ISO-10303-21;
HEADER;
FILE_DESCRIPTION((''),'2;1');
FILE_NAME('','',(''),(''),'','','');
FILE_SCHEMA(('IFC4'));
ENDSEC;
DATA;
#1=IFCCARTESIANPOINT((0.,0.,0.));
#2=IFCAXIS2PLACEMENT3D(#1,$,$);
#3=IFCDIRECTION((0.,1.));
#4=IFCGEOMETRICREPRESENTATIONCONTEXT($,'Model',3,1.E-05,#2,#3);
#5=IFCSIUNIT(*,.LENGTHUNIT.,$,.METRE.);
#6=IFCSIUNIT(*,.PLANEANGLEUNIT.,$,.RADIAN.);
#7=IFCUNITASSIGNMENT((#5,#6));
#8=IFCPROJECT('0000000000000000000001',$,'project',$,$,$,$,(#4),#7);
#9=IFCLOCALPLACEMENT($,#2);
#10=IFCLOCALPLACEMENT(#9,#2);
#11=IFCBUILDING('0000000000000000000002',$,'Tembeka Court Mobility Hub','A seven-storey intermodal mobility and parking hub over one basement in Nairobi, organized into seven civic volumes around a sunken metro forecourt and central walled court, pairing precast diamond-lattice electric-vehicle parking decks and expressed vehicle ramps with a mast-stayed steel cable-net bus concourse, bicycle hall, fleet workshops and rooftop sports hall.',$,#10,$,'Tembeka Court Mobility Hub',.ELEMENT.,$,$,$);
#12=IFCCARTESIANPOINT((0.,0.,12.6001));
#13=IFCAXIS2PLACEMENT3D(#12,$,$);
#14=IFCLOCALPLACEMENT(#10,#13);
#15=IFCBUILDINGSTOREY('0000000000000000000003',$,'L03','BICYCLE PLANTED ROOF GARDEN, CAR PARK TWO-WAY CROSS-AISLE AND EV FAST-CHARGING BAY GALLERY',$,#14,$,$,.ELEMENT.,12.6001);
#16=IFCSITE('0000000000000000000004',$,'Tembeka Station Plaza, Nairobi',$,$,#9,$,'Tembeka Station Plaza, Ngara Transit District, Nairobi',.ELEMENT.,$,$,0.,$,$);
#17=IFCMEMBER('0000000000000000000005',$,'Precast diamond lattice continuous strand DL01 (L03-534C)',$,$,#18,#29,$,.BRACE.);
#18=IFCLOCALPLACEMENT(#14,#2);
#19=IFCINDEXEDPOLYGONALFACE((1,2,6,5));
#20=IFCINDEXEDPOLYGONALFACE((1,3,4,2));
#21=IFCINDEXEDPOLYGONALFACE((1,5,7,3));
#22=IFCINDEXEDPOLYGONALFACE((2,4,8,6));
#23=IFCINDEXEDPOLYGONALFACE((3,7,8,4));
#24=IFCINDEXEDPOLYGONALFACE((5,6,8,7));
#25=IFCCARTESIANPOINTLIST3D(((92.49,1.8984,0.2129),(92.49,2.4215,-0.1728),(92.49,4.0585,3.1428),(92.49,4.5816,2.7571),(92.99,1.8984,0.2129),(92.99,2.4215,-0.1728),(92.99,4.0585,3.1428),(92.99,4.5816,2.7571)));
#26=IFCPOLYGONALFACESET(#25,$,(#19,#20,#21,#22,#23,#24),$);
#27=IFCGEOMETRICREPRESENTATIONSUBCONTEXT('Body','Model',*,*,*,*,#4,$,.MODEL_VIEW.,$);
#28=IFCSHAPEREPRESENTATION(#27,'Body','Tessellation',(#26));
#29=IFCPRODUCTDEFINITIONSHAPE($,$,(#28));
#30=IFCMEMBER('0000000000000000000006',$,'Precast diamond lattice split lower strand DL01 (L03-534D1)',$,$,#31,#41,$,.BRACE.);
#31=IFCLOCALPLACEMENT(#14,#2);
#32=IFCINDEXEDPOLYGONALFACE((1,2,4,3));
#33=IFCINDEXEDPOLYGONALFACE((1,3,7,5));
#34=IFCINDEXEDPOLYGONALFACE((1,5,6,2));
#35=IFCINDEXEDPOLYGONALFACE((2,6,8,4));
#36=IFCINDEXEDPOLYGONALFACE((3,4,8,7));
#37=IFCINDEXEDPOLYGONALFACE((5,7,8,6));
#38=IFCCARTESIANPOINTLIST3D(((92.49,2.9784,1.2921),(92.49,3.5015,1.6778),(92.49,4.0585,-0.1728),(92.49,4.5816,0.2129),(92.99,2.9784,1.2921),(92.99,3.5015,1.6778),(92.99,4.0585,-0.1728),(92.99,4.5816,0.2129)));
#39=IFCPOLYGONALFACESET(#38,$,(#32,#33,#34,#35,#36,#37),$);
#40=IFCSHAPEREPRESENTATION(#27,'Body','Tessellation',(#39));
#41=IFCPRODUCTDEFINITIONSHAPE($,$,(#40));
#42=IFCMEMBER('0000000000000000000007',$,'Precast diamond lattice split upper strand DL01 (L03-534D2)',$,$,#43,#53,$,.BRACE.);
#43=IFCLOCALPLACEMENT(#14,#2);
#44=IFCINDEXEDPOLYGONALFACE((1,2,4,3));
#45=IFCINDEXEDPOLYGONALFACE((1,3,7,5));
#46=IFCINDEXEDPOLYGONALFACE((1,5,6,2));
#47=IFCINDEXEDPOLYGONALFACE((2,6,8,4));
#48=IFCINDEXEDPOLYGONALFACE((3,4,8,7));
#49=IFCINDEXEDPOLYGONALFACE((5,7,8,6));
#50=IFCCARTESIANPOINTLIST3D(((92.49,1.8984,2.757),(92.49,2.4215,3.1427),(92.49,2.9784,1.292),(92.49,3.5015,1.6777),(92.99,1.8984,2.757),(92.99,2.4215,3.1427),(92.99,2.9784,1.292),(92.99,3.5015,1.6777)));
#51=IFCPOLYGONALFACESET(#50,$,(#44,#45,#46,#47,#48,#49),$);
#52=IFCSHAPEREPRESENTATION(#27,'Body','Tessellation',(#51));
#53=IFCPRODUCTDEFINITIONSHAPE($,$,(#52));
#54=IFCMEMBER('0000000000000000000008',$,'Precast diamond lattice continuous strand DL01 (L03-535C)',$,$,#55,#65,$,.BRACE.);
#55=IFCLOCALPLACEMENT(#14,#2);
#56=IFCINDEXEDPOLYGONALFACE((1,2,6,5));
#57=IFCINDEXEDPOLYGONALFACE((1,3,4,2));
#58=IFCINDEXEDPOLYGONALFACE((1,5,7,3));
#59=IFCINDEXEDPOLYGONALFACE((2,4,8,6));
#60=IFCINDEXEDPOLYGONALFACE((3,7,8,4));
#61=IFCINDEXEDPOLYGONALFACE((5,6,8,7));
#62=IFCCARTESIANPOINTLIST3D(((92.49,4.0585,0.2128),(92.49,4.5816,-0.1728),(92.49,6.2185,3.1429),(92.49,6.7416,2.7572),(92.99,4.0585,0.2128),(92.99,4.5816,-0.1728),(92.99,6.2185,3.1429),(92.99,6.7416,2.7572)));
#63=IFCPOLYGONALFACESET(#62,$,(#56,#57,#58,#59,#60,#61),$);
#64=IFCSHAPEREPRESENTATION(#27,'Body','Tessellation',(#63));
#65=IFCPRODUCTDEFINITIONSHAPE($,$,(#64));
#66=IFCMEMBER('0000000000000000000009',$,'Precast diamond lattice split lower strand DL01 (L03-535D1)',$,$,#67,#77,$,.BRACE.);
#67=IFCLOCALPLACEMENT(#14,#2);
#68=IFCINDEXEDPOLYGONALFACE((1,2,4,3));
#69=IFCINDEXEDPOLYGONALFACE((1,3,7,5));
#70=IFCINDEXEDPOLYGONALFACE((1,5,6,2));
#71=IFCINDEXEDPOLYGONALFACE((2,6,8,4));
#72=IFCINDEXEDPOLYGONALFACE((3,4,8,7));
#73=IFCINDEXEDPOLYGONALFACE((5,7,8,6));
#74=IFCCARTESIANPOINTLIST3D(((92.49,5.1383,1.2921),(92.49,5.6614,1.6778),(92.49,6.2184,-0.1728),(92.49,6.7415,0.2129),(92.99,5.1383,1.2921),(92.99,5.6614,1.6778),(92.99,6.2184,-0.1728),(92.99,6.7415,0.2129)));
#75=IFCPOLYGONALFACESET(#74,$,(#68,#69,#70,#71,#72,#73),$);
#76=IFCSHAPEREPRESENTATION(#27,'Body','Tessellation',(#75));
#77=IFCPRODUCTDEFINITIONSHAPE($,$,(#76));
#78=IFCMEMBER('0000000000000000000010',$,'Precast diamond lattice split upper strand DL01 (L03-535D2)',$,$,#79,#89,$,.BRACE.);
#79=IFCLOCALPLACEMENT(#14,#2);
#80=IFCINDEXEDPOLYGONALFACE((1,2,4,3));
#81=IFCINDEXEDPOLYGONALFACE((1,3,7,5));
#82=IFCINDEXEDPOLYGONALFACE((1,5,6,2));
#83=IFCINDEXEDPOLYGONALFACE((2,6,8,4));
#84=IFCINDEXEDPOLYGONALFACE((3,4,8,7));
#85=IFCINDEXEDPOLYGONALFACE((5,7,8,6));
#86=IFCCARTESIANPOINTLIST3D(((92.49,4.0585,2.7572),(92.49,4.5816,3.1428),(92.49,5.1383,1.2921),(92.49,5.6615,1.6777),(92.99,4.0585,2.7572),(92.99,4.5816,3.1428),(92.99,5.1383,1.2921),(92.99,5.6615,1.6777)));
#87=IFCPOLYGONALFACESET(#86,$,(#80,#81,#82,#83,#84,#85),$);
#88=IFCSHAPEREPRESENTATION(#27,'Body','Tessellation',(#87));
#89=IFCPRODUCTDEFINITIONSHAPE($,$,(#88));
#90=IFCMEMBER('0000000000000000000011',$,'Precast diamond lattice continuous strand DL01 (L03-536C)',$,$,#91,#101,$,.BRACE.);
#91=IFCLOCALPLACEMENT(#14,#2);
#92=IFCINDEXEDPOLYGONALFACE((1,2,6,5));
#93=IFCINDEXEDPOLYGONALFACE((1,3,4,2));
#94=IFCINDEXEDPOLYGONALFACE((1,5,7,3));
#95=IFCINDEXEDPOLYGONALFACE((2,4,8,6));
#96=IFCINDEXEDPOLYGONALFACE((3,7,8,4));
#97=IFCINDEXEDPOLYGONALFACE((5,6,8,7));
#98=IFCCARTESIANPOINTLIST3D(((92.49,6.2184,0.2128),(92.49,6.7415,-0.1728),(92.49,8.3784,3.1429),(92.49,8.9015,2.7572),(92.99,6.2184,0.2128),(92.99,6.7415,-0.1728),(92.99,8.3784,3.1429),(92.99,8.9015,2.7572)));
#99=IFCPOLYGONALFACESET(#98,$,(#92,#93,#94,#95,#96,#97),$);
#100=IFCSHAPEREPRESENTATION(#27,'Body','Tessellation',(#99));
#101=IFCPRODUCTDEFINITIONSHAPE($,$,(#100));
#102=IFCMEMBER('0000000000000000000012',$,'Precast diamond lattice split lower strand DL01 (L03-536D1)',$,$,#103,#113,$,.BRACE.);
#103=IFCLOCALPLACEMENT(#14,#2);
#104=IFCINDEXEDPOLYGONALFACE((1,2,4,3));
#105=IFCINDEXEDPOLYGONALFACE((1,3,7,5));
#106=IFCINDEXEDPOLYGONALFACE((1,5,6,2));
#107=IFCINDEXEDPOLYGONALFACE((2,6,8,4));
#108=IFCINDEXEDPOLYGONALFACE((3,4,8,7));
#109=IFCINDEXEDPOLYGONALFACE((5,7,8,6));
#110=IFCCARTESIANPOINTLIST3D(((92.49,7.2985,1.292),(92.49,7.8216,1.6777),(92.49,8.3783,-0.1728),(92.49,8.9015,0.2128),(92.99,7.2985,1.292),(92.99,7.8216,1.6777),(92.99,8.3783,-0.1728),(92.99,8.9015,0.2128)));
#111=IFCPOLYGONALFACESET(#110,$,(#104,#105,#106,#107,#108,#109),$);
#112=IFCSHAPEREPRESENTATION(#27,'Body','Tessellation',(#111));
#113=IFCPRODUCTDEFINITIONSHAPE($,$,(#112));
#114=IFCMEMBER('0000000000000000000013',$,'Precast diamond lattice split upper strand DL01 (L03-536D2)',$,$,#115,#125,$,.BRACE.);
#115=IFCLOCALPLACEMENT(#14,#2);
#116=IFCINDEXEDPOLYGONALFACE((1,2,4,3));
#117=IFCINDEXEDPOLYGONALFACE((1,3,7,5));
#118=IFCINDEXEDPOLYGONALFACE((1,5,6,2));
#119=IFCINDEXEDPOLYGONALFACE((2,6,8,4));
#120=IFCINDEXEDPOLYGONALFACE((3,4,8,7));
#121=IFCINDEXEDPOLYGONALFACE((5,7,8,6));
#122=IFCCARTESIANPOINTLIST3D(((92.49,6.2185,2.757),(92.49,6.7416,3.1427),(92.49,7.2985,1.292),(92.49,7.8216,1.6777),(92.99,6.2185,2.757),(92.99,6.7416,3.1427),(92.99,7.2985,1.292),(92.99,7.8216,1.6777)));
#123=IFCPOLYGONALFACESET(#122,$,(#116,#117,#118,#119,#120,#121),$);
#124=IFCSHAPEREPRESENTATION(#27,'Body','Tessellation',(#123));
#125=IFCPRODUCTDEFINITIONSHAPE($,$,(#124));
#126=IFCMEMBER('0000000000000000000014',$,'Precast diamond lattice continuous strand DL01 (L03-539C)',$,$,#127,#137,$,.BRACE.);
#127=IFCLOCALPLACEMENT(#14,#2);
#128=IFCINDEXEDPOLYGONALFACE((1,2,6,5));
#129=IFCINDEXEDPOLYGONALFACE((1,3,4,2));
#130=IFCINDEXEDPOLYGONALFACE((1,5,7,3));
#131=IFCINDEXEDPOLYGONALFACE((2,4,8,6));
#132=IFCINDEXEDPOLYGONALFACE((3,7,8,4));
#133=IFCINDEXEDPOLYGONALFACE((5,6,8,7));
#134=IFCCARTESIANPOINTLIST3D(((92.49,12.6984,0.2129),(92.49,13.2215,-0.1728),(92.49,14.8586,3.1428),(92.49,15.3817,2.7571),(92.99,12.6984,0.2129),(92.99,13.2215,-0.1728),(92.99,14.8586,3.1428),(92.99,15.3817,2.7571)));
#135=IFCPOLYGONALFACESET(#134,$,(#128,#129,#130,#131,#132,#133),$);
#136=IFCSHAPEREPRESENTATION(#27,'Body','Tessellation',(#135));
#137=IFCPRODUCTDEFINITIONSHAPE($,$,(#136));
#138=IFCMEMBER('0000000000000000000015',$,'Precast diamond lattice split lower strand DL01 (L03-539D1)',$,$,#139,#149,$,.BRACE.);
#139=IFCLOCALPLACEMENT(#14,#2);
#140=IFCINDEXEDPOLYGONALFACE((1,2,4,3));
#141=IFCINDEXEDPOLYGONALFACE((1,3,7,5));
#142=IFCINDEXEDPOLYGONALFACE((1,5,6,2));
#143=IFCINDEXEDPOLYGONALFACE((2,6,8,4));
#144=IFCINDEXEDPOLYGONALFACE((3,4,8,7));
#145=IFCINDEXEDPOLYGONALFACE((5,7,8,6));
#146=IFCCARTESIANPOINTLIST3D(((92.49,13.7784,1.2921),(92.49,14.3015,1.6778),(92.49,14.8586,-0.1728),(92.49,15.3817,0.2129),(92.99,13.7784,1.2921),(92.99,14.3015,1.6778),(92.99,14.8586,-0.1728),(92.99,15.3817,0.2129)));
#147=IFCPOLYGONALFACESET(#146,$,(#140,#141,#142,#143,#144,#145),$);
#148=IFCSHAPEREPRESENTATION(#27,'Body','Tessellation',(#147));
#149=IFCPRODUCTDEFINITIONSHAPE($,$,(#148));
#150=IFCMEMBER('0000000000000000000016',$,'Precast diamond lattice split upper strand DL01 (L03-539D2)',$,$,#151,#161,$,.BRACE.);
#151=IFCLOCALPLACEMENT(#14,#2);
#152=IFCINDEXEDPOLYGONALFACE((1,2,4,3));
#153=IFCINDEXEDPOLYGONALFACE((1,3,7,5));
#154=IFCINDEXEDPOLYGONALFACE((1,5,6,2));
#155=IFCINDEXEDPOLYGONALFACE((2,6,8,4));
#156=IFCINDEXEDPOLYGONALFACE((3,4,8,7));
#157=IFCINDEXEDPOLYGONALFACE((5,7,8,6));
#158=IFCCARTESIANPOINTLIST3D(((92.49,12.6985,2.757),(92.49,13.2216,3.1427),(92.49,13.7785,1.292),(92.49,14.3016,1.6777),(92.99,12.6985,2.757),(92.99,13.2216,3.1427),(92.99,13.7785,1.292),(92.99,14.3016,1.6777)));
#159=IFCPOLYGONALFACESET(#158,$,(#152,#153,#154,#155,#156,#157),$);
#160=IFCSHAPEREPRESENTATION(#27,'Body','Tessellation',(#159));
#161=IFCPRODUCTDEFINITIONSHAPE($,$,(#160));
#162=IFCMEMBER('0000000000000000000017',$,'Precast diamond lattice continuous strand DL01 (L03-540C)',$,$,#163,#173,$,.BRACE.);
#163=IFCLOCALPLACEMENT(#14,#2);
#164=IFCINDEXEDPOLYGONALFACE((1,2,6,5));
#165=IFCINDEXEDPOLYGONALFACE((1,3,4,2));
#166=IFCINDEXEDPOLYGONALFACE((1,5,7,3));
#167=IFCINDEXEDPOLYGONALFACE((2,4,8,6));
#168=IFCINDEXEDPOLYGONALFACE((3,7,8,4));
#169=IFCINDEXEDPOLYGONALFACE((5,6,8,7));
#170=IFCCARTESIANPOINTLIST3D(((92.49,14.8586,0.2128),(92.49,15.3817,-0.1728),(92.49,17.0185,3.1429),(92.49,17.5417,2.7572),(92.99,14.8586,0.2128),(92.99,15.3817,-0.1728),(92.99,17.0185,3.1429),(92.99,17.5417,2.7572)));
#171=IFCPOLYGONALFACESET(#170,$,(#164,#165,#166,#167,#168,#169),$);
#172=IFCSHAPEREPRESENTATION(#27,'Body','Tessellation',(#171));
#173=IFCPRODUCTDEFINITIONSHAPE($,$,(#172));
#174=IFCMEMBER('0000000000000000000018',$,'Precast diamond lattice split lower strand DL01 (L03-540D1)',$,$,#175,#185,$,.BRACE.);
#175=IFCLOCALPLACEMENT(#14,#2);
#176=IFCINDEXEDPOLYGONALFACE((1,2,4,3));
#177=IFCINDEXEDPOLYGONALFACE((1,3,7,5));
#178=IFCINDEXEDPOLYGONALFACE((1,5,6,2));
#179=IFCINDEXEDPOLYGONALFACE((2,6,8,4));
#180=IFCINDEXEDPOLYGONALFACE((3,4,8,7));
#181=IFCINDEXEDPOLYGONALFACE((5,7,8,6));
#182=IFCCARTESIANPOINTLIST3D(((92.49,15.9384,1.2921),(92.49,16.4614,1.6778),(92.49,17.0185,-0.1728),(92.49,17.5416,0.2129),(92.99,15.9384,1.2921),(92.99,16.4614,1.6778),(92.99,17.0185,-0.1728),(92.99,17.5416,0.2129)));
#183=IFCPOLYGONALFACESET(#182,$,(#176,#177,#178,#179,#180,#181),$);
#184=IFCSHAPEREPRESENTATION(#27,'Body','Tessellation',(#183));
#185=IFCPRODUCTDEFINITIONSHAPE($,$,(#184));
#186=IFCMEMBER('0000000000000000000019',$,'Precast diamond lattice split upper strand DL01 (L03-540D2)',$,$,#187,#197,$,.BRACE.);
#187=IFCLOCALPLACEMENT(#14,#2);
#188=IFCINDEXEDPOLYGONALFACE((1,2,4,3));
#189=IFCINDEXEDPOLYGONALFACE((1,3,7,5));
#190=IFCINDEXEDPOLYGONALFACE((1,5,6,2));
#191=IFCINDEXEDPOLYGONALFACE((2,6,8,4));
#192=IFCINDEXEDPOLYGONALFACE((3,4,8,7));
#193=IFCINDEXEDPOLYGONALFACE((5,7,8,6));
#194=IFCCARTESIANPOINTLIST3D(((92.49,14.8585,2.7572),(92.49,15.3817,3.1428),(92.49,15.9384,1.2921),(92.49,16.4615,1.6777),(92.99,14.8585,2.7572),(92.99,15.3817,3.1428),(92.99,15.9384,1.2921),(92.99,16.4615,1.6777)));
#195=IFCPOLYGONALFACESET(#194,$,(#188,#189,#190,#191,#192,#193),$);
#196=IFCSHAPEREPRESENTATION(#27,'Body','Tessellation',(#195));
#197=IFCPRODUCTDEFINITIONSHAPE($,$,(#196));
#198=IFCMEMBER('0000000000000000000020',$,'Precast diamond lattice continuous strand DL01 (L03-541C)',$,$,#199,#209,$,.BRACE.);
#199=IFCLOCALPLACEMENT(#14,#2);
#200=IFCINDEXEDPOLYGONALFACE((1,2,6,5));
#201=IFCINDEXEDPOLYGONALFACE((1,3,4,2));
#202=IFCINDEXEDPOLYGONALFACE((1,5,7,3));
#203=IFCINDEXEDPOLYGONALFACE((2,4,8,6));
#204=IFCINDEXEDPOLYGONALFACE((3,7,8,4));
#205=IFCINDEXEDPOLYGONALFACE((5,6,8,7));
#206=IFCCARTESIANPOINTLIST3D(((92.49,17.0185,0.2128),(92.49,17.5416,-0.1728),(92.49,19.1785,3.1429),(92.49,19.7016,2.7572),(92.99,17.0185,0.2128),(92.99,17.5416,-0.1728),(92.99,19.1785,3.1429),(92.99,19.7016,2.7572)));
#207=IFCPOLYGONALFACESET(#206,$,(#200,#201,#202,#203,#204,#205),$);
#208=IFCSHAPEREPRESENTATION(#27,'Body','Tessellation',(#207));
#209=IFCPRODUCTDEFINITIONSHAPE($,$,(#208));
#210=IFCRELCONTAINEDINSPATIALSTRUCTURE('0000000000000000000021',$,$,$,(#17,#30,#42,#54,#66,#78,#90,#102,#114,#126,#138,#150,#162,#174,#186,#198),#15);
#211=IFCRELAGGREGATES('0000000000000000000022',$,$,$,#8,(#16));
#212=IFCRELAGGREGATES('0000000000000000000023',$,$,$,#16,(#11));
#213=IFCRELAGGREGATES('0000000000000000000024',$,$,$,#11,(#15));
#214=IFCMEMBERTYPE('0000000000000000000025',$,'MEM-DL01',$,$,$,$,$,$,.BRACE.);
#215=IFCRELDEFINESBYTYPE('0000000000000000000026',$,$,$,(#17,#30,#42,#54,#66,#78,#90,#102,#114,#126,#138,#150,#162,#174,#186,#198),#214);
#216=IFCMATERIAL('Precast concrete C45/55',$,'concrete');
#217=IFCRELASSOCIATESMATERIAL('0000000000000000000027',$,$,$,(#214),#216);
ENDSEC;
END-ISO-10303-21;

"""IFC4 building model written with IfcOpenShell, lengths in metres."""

from ifc_helpers import new_model, si_unit, direction, frame, origin, origin_2d, place, context, subcontext, project, spatial, rectangle, extrude, material, material_profile, profile_set, type_object, element, save


model = new_model("IFC4")

# Units and contexts
model_context = context("Model", 3, precision=1e-05, world=origin(), true_north=direction((0.0, 1.0)))
body_context = subcontext(model_context, "Body", "Model", "MODEL_VIEW")
ifc_project = project(units=[si_unit("LENGTHUNIT", "METRE"), si_unit("PLANEANGLEUNIT", "RADIAN")], contexts=[model_context])

# Site, building, storey
site_placement = place(None, origin())
site = spatial("IfcSite", under=ifc_project, at=site_placement, Name="Tembeka Station Plaza, Nairobi", LongName="Tembeka Station Plaza, Ngara Transit District, Nairobi", CompositionType="ELEMENT", RefElevation=0.0)
building_placement = place(site_placement, origin())
building = spatial("IfcBuilding", under=site, at=building_placement, Name="Tembeka Court Mobility Hub", Description="A seven-storey intermodal mobility and parking hub over one basement in Nairobi, organized into seven civic volumes around a sunken metro forecourt and central walled court, pairing precast diamond-lattice electric-vehicle parking decks and expressed vehicle ramps with a mast-stayed steel cable-net bus concourse, bicycle hall, fleet workshops and rooftop sports hall.", LongName="Tembeka Court Mobility Hub", CompositionType="ELEMENT")
storey_placement = place(building_placement, frame((0.0, 0.0, 12.6001)))
storey = spatial("IfcBuildingStorey", under=building, at=storey_placement, Name="L03", Description="BICYCLE PLANTED ROOF GARDEN, CAR PARK TWO-WAY CROSS-AISLE AND EV FAST-CHARGING BAY GALLERY", CompositionType="ELEMENT", Elevation=12.6001)

# Members
ifc_material_1 = material(Name="Precast concrete C45/55", Category="concrete")
ifc_material_profile_1 = material_profile(ifc_material_1, rectangle(XDim=0.5, YDim=0.6499, at=origin_2d()), Name="PC-DIAG 500x650")
ifc_profile_set_1 = profile_set([ifc_material_profile_1], Name="Precast concrete C45/55")
member_type_1 = type_object("IfcMemberType", Name="MEM-DL01", PredefinedType="BRACE", material=ifc_profile_set_1)
member_1_placement = place(storey_placement, frame((92.74, 2.1599, 0.02), z_axis=(0.0, 0.593423, 0.804891), x_axis=(-1.0, 0.0, 0.0)))
element("IfcMember", 1, at=member_1_placement, inside=storey, type_object=member_type_1, Name="Precast diamond lattice continuous strand DL01 (L03-534C)", PredefinedType="BRACE", context=body_context, shape_type="SweptSolid", body=[
    extrude(rectangle(XDim=0.5, YDim=0.6499, at=origin_2d()), origin(), (0.0, 0.0, 1.0), 3.6401),
])
for number, where, z_axis, x_axis, name in (
    (2, (92.74, 4.3201, 0.02), (0.0, -0.593455, 0.804867), (1.0, 0.0, 0.0), "Precast diamond lattice split lower strand DL01 (L03-534D1)"),
    (3, (92.74, 3.24, 1.4849), (0.0, -0.593391, 0.804914), (1.0, 0.0, 0.0), "Precast diamond lattice split upper strand DL01 (L03-534D2)"),
):
    element("IfcMember", number, at=place(storey_placement, frame(where, z_axis=z_axis, x_axis=x_axis)), inside=storey, type_object=member_type_1, Name=name, PredefinedType="BRACE", context=body_context, shape_type="SweptSolid", body=[
        extrude(rectangle(XDim=0.5, YDim=0.6499, at=origin_2d()), origin(), (0.0, 0.0, 1.0), 1.8201),
    ])
member_2_placement = place(storey_placement, frame((92.74, 4.3201, 0.02), z_axis=(0.0, 0.59338, 0.804923), x_axis=(-1.0, 0.0, 0.0)))
element("IfcMember", 4, at=member_2_placement, inside=storey, type_object=member_type_1, Name="Precast diamond lattice continuous strand DL01 (L03-535C)", PredefinedType="BRACE", context=body_context, shape_type="SweptSolid", body=[
    extrude(rectangle(XDim=0.5, YDim=0.6499, at=origin_2d()), origin(), (0.0, 0.0, 1.0), 3.6401),
])
for number, where, z_axis, x_axis, name in (
    (5, (92.74, 6.48, 0.02), (0.0, -0.593455, 0.804867), (1.0, 0.0, 0.0), "Precast diamond lattice split lower strand DL01 (L03-535D1)"),
    (6, (92.74, 5.3999, 1.4849), (0.0, -0.593304, 0.804978), (1.0, 0.0, 0.0), "Precast diamond lattice split upper strand DL01 (L03-535D2)"),
):
    element("IfcMember", number, at=place(storey_placement, frame(where, z_axis=z_axis, x_axis=x_axis)), inside=storey, type_object=member_type_1, Name=name, PredefinedType="BRACE", context=body_context, shape_type="SweptSolid", body=[
        extrude(rectangle(XDim=0.5, YDim=0.6499, at=origin_2d()), origin(), (0.0, 0.0, 1.0), 1.8201),
    ])
member_3_placement = place(storey_placement, frame((92.74, 6.48, 0.02), z_axis=(0.0, 0.59338, 0.804923), x_axis=(-1.0, 0.0, 0.0)))
element("IfcMember", 7, at=member_3_placement, inside=storey, type_object=member_type_1, Name="Precast diamond lattice continuous strand DL01 (L03-536C)", PredefinedType="BRACE", context=body_context, shape_type="SweptSolid", body=[
    extrude(rectangle(XDim=0.5, YDim=0.6499, at=origin_2d()), origin(), (0.0, 0.0, 1.0), 3.6401),
])
member_4_placement = place(storey_placement, frame((92.74, 8.6399, 0.02), z_axis=(0.0, -0.593368, 0.804931), x_axis=(1.0, 0.0, 0.0)))
element("IfcMember", 8, at=member_4_placement, inside=storey, type_object=member_type_1, Name="Precast diamond lattice split lower strand DL01 (L03-536D1)", PredefinedType="BRACE", context=body_context, shape_type="SweptSolid", body=[
    extrude(rectangle(XDim=0.5, YDim=0.6499, at=origin_2d()), origin(), (0.0, 0.0, 1.0), 1.8198),
])
member_5_placement = place(storey_placement, frame((92.74, 7.5601, 1.4849), z_axis=(0.0, -0.593391, 0.804914), x_axis=(1.0, 0.0, 0.0)))
element("IfcMember", 9, at=member_5_placement, inside=storey, type_object=member_type_1, Name="Precast diamond lattice split upper strand DL01 (L03-536D2)", PredefinedType="BRACE", context=body_context, shape_type="SweptSolid", body=[
    extrude(rectangle(XDim=0.5, YDim=0.6499, at=origin_2d()), origin(), (0.0, 0.0, 1.0), 1.8201),
])
member_6_placement = place(storey_placement, frame((92.74, 12.96, 0.02), z_axis=(0.0, 0.593423, 0.804891), x_axis=(-1.0, 0.0, 0.0)))
element("IfcMember", 10, at=member_6_placement, inside=storey, type_object=member_type_1, Name="Precast diamond lattice continuous strand DL01 (L03-539C)", PredefinedType="BRACE", context=body_context, shape_type="SweptSolid", body=[
    extrude(rectangle(XDim=0.5, YDim=0.6499, at=origin_2d()), origin(), (0.0, 0.0, 1.0), 3.6401),
])
for number, where, z_axis, x_axis, name in (
    (11, (92.74, 15.1201, 0.02), (0.0, -0.593455, 0.804867), (1.0, 0.0, 0.0), "Precast diamond lattice split lower strand DL01 (L03-539D1)"),
    (12, (92.74, 14.04, 1.4849), (0.0, -0.593391, 0.804914), (1.0, 0.0, 0.0), "Precast diamond lattice split upper strand DL01 (L03-539D2)"),
):
    element("IfcMember", number, at=place(storey_placement, frame(where, z_axis=z_axis, x_axis=x_axis)), inside=storey, type_object=member_type_1, Name=name, PredefinedType="BRACE", context=body_context, shape_type="SweptSolid", body=[
        extrude(rectangle(XDim=0.5, YDim=0.6499, at=origin_2d()), origin(), (0.0, 0.0, 1.0), 1.8201),
    ])
member_7_placement = place(storey_placement, frame((92.74, 15.1201, 0.02), z_axis=(0.0, 0.59338, 0.804923), x_axis=(-1.0, 0.0, 0.0)))
element("IfcMember", 13, at=member_7_placement, inside=storey, type_object=member_type_1, Name="Precast diamond lattice continuous strand DL01 (L03-540C)", PredefinedType="BRACE", context=body_context, shape_type="SweptSolid", body=[
    extrude(rectangle(XDim=0.5, YDim=0.6499, at=origin_2d()), origin(), (0.0, 0.0, 1.0), 3.6401),
])
for number, where, z_axis, x_axis, name in (
    (14, (92.74, 17.28, 0.02), (0.0, -0.593455, 0.804867), (1.0, 0.0, 0.0), "Precast diamond lattice split lower strand DL01 (L03-540D1)"),
    (15, (92.74, 16.2, 1.4849), (0.0, -0.593304, 0.804978), (1.0, 0.0, 0.0), "Precast diamond lattice split upper strand DL01 (L03-540D2)"),
):
    element("IfcMember", number, at=place(storey_placement, frame(where, z_axis=z_axis, x_axis=x_axis)), inside=storey, type_object=member_type_1, Name=name, PredefinedType="BRACE", context=body_context, shape_type="SweptSolid", body=[
        extrude(rectangle(XDim=0.5, YDim=0.6499, at=origin_2d()), origin(), (0.0, 0.0, 1.0), 1.8201),
    ])
member_8_placement = place(storey_placement, frame((92.74, 17.28, 0.02), z_axis=(0.0, 0.59338, 0.804923), x_axis=(-1.0, 0.0, 0.0)))
element("IfcMember", 16, at=member_8_placement, inside=storey, type_object=member_type_1, Name="Precast diamond lattice continuous strand DL01 (L03-541C)", PredefinedType="BRACE", context=body_context, shape_type="SweptSolid", body=[
    extrude(rectangle(XDim=0.5, YDim=0.6499, at=origin_2d()), origin(), (0.0, 0.0, 1.0), 3.6401),
])

save(model, "model.ifc")
